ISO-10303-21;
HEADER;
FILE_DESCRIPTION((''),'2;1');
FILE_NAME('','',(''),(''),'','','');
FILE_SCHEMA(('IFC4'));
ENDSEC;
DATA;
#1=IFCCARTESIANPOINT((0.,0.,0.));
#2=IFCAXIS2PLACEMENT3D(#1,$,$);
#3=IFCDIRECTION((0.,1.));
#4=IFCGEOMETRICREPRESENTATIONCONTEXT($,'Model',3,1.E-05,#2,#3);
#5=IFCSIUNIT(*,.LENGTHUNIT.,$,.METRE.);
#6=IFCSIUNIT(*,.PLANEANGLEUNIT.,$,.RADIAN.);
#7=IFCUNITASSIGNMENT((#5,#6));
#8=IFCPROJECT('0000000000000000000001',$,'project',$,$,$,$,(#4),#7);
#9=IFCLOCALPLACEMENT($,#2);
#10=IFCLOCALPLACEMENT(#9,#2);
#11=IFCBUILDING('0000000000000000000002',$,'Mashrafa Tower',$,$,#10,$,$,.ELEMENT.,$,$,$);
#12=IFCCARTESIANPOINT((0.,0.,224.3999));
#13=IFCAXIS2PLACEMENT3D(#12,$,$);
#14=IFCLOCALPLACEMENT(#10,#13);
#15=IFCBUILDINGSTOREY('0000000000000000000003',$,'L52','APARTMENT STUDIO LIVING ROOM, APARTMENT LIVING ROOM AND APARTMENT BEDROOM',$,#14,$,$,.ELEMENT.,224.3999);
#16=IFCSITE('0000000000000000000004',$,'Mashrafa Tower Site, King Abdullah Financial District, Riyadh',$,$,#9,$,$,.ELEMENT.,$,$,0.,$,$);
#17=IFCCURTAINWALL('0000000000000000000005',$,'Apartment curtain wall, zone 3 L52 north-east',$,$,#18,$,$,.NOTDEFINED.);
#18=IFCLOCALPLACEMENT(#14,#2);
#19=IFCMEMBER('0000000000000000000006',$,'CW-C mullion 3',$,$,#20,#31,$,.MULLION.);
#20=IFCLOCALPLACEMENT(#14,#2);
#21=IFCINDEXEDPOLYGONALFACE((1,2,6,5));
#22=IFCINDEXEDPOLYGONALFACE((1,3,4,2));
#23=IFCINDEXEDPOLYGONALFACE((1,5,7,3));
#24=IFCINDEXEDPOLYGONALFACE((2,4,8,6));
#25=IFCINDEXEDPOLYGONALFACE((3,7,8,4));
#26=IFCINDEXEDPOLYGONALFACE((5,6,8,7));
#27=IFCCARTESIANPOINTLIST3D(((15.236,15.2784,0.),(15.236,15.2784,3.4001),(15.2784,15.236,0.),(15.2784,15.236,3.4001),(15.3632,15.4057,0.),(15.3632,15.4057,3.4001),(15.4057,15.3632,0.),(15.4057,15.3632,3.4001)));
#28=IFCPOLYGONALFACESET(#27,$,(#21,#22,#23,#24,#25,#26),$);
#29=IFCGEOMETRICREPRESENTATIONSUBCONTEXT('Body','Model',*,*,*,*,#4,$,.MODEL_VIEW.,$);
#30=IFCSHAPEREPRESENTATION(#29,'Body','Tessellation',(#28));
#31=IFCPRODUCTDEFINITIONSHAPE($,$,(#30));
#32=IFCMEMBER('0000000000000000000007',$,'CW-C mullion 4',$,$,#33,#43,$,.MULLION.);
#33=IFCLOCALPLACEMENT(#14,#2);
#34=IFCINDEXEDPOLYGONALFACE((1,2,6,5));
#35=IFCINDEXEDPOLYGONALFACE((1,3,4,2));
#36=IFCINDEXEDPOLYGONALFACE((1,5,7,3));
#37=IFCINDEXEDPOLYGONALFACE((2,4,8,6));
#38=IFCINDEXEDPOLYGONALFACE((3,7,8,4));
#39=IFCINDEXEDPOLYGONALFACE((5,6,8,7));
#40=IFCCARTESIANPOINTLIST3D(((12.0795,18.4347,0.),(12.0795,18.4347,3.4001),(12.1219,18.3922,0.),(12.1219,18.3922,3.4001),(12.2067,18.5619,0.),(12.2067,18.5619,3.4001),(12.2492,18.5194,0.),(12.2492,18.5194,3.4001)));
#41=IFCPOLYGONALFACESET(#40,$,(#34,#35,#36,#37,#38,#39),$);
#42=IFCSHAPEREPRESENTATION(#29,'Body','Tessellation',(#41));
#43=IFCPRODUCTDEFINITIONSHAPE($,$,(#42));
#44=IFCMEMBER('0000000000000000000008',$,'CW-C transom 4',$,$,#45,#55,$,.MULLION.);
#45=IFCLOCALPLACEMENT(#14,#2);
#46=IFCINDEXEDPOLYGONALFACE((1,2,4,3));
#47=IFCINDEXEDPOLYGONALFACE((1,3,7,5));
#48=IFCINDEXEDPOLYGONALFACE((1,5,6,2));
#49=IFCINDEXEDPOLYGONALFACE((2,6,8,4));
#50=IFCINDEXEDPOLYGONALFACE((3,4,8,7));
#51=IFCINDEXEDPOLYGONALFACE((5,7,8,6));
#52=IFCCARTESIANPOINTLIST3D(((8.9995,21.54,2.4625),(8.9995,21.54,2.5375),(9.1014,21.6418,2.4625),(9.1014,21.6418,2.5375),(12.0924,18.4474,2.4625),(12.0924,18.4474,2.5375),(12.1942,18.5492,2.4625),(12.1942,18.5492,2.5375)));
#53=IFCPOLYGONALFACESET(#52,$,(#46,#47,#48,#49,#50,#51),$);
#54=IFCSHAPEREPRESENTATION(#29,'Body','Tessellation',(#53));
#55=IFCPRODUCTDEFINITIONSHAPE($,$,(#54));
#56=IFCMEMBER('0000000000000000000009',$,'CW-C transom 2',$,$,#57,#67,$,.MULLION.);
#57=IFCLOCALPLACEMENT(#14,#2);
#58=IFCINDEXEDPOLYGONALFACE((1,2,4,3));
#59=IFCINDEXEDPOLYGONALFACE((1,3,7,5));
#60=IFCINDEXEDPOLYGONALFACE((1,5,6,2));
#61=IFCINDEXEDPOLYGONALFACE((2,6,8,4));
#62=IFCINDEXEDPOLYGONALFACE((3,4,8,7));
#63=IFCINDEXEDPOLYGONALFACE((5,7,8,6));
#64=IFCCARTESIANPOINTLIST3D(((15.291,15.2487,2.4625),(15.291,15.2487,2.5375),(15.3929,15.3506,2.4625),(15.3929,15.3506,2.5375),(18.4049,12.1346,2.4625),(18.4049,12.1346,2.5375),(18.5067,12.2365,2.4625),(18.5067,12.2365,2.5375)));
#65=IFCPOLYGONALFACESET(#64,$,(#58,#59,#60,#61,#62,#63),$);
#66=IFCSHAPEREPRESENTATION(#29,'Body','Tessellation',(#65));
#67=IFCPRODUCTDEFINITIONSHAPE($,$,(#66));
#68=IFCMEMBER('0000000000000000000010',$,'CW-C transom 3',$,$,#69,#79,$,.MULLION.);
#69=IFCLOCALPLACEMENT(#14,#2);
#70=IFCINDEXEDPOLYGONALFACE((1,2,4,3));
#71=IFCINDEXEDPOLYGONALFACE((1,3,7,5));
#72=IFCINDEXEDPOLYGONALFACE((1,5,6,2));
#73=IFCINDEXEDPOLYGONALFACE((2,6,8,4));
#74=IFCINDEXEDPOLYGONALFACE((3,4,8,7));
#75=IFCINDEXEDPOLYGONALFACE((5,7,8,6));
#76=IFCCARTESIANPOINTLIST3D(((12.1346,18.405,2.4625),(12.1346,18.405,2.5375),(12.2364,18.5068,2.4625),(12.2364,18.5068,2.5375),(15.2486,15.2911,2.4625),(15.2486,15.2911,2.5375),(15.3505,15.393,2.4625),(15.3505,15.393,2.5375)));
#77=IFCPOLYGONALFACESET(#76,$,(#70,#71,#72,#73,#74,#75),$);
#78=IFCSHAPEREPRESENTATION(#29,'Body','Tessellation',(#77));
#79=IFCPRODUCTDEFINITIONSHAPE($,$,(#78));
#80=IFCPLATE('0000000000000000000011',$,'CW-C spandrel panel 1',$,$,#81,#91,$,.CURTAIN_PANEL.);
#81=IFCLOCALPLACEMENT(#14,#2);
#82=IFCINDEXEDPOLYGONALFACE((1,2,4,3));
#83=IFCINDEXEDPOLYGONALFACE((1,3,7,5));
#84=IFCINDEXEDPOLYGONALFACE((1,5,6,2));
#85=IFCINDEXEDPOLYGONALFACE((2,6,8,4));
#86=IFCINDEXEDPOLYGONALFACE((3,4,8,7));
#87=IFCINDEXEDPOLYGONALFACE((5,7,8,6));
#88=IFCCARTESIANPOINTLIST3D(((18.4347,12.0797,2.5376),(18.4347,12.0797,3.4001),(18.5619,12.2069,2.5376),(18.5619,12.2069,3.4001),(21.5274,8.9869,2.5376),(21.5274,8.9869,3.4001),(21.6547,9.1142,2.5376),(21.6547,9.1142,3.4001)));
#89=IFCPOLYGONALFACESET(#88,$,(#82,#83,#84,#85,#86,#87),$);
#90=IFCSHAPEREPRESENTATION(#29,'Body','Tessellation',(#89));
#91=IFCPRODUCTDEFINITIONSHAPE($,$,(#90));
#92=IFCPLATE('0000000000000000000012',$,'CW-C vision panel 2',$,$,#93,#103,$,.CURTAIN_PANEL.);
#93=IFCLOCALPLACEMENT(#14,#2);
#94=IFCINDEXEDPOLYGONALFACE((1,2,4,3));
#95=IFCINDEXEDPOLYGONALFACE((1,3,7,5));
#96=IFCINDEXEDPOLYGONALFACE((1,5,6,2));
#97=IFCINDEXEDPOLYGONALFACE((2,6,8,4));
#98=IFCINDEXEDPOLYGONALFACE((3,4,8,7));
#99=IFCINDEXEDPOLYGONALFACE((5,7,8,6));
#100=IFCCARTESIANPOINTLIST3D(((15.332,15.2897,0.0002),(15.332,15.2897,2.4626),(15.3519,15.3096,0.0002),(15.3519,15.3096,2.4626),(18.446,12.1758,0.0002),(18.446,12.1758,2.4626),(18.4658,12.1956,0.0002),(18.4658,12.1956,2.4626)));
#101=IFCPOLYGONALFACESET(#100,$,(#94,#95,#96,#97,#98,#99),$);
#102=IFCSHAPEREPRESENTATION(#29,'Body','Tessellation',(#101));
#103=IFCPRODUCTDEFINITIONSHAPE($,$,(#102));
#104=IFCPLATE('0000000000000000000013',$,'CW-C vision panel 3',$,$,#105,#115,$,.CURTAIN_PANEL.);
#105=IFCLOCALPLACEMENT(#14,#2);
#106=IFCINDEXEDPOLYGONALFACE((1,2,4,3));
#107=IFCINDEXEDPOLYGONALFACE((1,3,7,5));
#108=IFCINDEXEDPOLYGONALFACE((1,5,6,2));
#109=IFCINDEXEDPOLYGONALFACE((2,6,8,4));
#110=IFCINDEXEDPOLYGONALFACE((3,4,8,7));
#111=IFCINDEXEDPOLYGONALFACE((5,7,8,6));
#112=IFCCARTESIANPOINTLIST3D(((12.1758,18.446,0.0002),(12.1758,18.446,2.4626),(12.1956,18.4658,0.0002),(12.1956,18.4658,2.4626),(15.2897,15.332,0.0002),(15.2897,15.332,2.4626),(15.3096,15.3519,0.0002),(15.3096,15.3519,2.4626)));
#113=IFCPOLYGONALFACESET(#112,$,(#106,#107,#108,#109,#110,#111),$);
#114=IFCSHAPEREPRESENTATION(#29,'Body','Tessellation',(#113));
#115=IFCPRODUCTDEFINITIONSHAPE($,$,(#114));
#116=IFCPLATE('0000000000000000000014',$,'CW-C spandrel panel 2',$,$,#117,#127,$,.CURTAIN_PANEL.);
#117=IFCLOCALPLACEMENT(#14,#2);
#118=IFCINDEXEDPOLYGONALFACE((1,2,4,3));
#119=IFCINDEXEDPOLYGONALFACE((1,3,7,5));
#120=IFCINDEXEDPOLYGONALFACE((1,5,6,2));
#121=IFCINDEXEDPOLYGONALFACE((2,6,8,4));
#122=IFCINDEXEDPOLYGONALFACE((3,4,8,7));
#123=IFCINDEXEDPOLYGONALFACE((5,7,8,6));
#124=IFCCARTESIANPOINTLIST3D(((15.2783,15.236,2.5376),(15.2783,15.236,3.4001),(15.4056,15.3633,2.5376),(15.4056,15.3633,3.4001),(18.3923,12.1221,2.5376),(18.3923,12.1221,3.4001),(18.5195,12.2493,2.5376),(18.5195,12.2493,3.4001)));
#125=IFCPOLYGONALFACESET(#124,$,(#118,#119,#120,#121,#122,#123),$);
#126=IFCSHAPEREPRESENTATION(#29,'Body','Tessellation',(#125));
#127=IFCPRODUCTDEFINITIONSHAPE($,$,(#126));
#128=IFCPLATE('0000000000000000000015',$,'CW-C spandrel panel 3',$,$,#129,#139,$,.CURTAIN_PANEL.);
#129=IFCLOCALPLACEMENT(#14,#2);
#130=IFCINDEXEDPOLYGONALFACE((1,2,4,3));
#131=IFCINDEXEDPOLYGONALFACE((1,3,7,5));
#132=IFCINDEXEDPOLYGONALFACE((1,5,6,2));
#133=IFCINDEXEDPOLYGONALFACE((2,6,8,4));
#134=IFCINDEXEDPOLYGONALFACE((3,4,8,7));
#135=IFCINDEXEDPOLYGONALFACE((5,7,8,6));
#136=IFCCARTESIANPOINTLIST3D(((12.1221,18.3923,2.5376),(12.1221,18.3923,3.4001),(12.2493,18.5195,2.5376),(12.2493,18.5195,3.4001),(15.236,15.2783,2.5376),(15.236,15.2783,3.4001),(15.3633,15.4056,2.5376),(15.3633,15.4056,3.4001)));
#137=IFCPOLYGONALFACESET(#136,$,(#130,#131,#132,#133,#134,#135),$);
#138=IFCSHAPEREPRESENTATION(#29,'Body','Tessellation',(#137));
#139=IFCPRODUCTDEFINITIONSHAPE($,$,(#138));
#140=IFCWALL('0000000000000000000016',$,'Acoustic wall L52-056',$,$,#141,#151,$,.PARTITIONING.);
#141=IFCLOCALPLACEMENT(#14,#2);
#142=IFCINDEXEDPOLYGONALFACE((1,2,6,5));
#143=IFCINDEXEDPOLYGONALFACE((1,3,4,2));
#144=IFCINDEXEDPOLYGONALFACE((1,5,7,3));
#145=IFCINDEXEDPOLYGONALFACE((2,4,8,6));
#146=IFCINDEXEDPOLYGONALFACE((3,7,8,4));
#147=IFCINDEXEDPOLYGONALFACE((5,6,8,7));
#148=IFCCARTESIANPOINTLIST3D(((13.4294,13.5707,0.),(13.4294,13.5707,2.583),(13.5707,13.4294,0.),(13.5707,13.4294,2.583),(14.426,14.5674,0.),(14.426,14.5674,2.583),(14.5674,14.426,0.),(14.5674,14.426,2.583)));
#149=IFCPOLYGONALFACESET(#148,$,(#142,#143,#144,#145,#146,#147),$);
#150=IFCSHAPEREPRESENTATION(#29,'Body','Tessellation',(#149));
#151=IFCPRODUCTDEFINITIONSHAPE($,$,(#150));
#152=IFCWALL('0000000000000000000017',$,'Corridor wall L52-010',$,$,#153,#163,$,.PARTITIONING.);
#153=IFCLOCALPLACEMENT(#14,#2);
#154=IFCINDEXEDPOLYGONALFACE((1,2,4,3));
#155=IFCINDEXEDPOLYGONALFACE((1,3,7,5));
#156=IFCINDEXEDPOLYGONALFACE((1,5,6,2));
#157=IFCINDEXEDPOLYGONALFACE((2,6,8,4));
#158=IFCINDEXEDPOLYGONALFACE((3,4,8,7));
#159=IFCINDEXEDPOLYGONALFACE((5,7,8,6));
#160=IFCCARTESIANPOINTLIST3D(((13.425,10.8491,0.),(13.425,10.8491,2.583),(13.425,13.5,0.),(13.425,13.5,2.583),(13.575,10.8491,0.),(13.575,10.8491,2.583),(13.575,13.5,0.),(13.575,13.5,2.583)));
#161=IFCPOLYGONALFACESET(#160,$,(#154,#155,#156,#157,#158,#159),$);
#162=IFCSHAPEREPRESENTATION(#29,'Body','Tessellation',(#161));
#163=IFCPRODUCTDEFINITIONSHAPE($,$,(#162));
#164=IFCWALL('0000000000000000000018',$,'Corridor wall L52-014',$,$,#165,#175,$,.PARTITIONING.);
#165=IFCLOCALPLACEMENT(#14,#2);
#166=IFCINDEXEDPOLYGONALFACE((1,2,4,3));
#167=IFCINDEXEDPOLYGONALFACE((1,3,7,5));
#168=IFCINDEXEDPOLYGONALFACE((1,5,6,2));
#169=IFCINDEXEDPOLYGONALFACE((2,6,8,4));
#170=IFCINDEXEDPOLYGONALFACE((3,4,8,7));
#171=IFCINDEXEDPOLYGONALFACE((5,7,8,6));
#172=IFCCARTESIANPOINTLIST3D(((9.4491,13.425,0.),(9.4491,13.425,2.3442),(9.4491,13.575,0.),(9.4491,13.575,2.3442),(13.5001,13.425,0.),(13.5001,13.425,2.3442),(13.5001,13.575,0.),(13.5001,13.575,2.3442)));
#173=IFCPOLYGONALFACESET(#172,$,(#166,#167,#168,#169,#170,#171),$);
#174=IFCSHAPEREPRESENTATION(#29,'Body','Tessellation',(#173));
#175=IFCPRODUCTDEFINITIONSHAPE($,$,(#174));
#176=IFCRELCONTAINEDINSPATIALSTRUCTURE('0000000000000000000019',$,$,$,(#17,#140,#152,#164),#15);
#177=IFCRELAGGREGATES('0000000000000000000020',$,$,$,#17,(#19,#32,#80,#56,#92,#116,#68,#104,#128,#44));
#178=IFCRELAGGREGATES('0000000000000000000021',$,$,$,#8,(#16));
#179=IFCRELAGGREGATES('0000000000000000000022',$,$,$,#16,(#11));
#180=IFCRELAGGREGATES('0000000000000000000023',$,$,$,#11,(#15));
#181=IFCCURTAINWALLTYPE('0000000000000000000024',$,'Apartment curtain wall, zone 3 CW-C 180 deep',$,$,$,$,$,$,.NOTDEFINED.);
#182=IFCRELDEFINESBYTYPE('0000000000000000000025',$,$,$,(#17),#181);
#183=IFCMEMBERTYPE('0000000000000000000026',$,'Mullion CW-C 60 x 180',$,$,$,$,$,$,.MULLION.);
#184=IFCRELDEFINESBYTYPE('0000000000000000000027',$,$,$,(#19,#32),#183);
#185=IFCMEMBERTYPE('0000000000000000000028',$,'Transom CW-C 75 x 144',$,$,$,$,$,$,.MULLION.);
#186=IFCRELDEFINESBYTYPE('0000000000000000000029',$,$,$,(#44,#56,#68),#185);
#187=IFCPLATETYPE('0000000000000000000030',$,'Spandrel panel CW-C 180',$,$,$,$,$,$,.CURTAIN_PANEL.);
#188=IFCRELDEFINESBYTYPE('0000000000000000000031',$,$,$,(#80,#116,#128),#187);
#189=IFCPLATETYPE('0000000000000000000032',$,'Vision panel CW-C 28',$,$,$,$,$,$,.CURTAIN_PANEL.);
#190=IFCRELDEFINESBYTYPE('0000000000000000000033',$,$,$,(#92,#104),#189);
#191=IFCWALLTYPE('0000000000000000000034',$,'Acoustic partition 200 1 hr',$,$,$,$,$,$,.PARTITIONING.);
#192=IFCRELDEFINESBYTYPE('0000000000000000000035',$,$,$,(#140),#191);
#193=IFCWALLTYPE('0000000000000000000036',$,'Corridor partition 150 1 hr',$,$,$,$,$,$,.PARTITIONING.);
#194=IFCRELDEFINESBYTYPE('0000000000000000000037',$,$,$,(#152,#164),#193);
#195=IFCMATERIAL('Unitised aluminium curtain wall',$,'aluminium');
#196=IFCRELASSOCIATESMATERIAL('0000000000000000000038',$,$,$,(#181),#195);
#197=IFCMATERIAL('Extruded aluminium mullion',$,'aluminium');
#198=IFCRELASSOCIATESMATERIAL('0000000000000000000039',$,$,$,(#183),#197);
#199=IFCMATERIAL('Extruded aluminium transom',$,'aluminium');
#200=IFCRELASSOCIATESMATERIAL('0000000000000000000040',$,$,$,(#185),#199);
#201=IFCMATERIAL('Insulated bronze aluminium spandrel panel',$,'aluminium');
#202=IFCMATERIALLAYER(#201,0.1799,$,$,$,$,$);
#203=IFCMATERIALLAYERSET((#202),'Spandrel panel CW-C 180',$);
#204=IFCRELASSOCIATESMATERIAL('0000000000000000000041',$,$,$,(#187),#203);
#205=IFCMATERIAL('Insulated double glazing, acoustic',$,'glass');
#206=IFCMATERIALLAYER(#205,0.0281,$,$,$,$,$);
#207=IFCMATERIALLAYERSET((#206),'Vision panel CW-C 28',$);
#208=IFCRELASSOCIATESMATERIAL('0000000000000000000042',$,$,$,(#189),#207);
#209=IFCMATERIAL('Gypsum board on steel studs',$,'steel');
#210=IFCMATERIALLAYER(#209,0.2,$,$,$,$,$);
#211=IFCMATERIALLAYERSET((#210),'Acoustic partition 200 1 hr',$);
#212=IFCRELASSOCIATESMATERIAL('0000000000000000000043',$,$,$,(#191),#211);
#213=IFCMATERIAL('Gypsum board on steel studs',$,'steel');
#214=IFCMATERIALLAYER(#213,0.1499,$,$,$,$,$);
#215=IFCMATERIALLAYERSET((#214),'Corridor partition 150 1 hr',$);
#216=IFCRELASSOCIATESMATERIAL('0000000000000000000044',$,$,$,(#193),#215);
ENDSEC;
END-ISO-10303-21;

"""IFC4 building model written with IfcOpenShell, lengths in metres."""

from ifc_helpers import new_model, si_unit, direction, frame, frame_2d, origin, origin_2d, place, context, subcontext, project, spatial, rectangle, extrude, source, transform, mapped, material, layer, layer_set, material_profile, profile_set, type_object, type_shapes, element, aggregate, save


model = new_model("IFC4")

# Units and contexts
model_context = context("Model", 3, precision=1e-05, world=origin(), true_north=direction((0.0, 1.0)))
body_context = subcontext(model_context, "Body", "Model", "MODEL_VIEW")
ifc_project = project(units=[si_unit("LENGTHUNIT", "METRE"), si_unit("PLANEANGLEUNIT", "RADIAN")], contexts=[model_context])

# Site, building, storey
site_placement = place(None, origin())
site = spatial("IfcSite", under=ifc_project, at=site_placement, Name="Mashrafa Tower Site, King Abdullah Financial District, Riyadh", CompositionType="ELEMENT", RefElevation=0.0)
building_placement = place(site_placement, origin())
building = spatial("IfcBuilding", under=site, at=building_placement, Name="Mashrafa Tower", CompositionType="ELEMENT")
storey_placement = place(building_placement, frame((0.0, 0.0, 224.3999)))
storey = spatial("IfcBuildingStorey", under=building, at=storey_placement, Name="L52", Description="APARTMENT STUDIO LIVING ROOM, APARTMENT LIVING ROOM AND APARTMENT BEDROOM", CompositionType="ELEMENT", Elevation=224.3999)

# Curtain wall, members, plates
ifc_material_1 = material(Name="Unitised aluminium curtain wall", Category="aluminium")
curtain_wall_type = type_object("IfcCurtainWallType", Name="Apartment curtain wall, zone 3 CW-C 180 deep", PredefinedType="NOTDEFINED", material=ifc_material_1)
curtain_wall_placement = place(storey_placement, origin())
curtain_wall = element("IfcCurtainWall", 1, at=curtain_wall_placement, inside=storey, type_object=curtain_wall_type, Name="Apartment curtain wall, zone 3 L52 north-east", PredefinedType="NOTDEFINED")
ifc_material_2 = material(Name="Extruded aluminium mullion", Category="aluminium")
ifc_material_profile_1 = material_profile(ifc_material_2, rectangle(XDim=0.1799, YDim=0.0601, at=origin_2d()), Name="Mullion 60x180")
ifc_profile_set_1 = profile_set([ifc_material_profile_1], Name="Extruded aluminium mullion")
member_type_1 = type_object("IfcMemberType", Name="Mullion CW-C 60 x 180", PredefinedType="MULLION", material=ifc_profile_set_1)
shared_shape_1 = source(origin(), body_context, "Body", "SweptSolid", [
    extrude(rectangle(XDim=0.1799, YDim=0.0601, at=origin_2d()), origin(), (0.0, 0.0, 1.0), 3.4001),
])
type_shapes(member_type_1, [shared_shape_1])
member_1_placement = place(storey_placement, frame((15.3208, 15.3208, 0.0), z_axis=(0.0, 0.0, 1.0), x_axis=(-0.707107, -0.707107, 0.0)))
member_1 = element("IfcMember", 2, at=member_1_placement, type_object=member_type_1, Name="CW-C mullion 3", PredefinedType="MULLION", context=body_context, shape_type="MappedRepresentation", body=[
    mapped(shared_shape_1, transform((0.0, 0.0, 0.0))),
])
member_2_placement = place(storey_placement, frame((12.1643, 18.4771, 0.0), z_axis=(0.0, 0.0, 1.0), x_axis=(-0.707107, -0.707107, 0.0)))
member_2 = element("IfcMember", 3, at=member_2_placement, type_object=member_type_1, Name="CW-C mullion 4", PredefinedType="MULLION", context=body_context, shape_type="MappedRepresentation", body=[
    mapped(shared_shape_1, transform((0.0, 0.0, 0.0))),
])
ifc_material_3 = material(Name="Extruded aluminium transom", Category="aluminium")
ifc_material_profile_2 = material_profile(ifc_material_3, rectangle(XDim=0.144, YDim=0.075, at=origin_2d()), Name="Transom 75x144")
ifc_profile_set_2 = profile_set([ifc_material_profile_2], Name="Extruded aluminium transom")
member_type_2 = type_object("IfcMemberType", Name="Transom CW-C 75 x 144", PredefinedType="MULLION", material=ifc_profile_set_2)
shared_shape_2 = source(origin(), body_context, "Body", "SweptSolid", [
    extrude(rectangle(XDim=0.144, YDim=0.075, at=origin_2d()), origin(), (0.0, 0.0, 1.0), 4.3738),
])
member_3_placement = place(storey_placement, frame((12.1433, 18.4983, 2.5), z_axis=(-0.707135, 0.707079, 0.0), x_axis=(-0.707079, -0.707135, 0.0)))
member_3 = element("IfcMember", 4, at=member_3_placement, type_object=member_type_2, Name="CW-C transom 4", PredefinedType="MULLION", context=body_context, shape_type="MappedRepresentation", body=[
    mapped(shared_shape_2, transform((0.0, 0.0, 0.0))),
])
shared_shape_3 = source(origin(), body_context, "Body", "SweptSolid", [
    extrude(rectangle(XDim=0.144, YDim=0.075, at=origin_2d()), origin(), (0.0, 0.0, 1.0), 4.4038),
])
type_shapes(member_type_2, [shared_shape_2, shared_shape_3])
member_4_placement = place(storey_placement, frame((18.4558, 12.1855, 2.5), z_axis=(-0.707079, 0.707135, 0.0), x_axis=(-0.707135, -0.707079, 0.0)))
member_4 = element("IfcMember", 5, at=member_4_placement, type_object=member_type_2, Name="CW-C transom 2", PredefinedType="MULLION", context=body_context, shape_type="MappedRepresentation", body=[
    mapped(shared_shape_3, transform((0.0, 0.0, 0.0))),
])
member_5_placement = place(storey_placement, frame((15.2996, 15.342, 2.5), z_axis=(-0.707135, 0.707079, 0.0), x_axis=(-0.707079, -0.707135, 0.0)))
member_5 = element("IfcMember", 6, at=member_5_placement, type_object=member_type_2, Name="CW-C transom 3", PredefinedType="MULLION", context=body_context, shape_type="MappedRepresentation", body=[
    mapped(shared_shape_3, transform((0.0, 0.0, 0.0))),
])
ifc_material_4 = material(Name="Insulated bronze aluminium spandrel panel", Category="aluminium")
ifc_layer_1 = layer(ifc_material_4, 0.1799)
ifc_layer_set_1 = layer_set([ifc_layer_1], Name="Spandrel panel CW-C 180")
plate_type_1 = type_object("IfcPlateType", Name="Spandrel panel CW-C 180", PredefinedType="CURTAIN_PANEL", material=ifc_layer_set_1)
shared_shape_4 = source(origin(), body_context, "Body", "SweptSolid", [
    extrude(rectangle(XDim=4.3738, YDim=0.1799, at=origin_2d()), origin(), (0.0, 0.0, 1.0), 0.8625),
])
plate_1_placement = place(storey_placement, frame((20.0447, 10.5969, 2.5376), z_axis=(0.0, 0.0, 1.0), x_axis=(-0.707107, 0.707107, 0.0)))
plate_1 = element("IfcPlate", 7, at=plate_1_placement, type_object=plate_type_1, Name="CW-C spandrel panel 1", PredefinedType="CURTAIN_PANEL", context=body_context, shape_type="MappedRepresentation", body=[
    mapped(shared_shape_4, transform((0.0, 0.0, 0.0))),
])
ifc_material_5 = material(Name="Insulated double glazing, acoustic", Category="glass")
ifc_layer_2 = layer(ifc_material_5, 0.0281)
ifc_layer_set_2 = layer_set([ifc_layer_2], Name="Vision panel CW-C 28")
plate_type_2 = type_object("IfcPlateType", Name="Vision panel CW-C 28", PredefinedType="CURTAIN_PANEL", material=ifc_layer_set_2)
shared_shape_5 = source(origin(), body_context, "Body", "SweptSolid", [
    extrude(rectangle(XDim=4.4038, YDim=0.0281, at=origin_2d()), origin(), (0.0, 0.0, 1.0), 2.4624),
])
type_shapes(plate_type_2, [shared_shape_5])
plate_2_placement = place(storey_placement, frame((16.8989, 13.7427, 0.0002), z_axis=(0.0, 0.0, 1.0), x_axis=(-0.707107, 0.707107, 0.0)))
plate_2 = element("IfcPlate", 8, at=plate_2_placement, type_object=plate_type_2, Name="CW-C vision panel 2", PredefinedType="CURTAIN_PANEL", context=body_context, shape_type="MappedRepresentation", body=[
    mapped(shared_shape_5, transform((0.0, 0.0, 0.0))),
])
plate_3_placement = place(storey_placement, frame((13.7427, 16.8989, 0.0002), z_axis=(0.0, 0.0, 1.0), x_axis=(-0.707107, 0.707107, 0.0)))
plate_3 = element("IfcPlate", 9, at=plate_3_placement, type_object=plate_type_2, Name="CW-C vision panel 3", PredefinedType="CURTAIN_PANEL", context=body_context, shape_type="MappedRepresentation", body=[
    mapped(shared_shape_5, transform((0.0, 0.0, 0.0))),
])
shared_shape_6 = source(origin(), body_context, "Body", "SweptSolid", [
    extrude(rectangle(XDim=4.4038, YDim=0.1799, at=origin_2d()), origin(), (0.0, 0.0, 1.0), 0.8625),
])
type_shapes(plate_type_1, [shared_shape_4, shared_shape_6])
plate_4_placement = place(storey_placement, frame((16.8989, 13.7427, 2.5376), z_axis=(0.0, 0.0, 1.0), x_axis=(-0.707107, 0.707107, 0.0)))
plate_4 = element("IfcPlate", 10, at=plate_4_placement, type_object=plate_type_1, Name="CW-C spandrel panel 2", PredefinedType="CURTAIN_PANEL", context=body_context, shape_type="MappedRepresentation", body=[
    mapped(shared_shape_6, transform((0.0, 0.0, 0.0))),
])
plate_5_placement = place(storey_placement, frame((13.7427, 16.8989, 2.5376), z_axis=(0.0, 0.0, 1.0), x_axis=(-0.707107, 0.707107, 0.0)))
plate_5 = element("IfcPlate", 11, at=plate_5_placement, type_object=plate_type_1, Name="CW-C spandrel panel 3", PredefinedType="CURTAIN_PANEL", context=body_context, shape_type="MappedRepresentation", body=[
    mapped(shared_shape_6, transform((0.0, 0.0, 0.0))),
])
aggregate(curtain_wall, [member_1, member_2, plate_1, member_4, plate_2, plate_4, member_5, plate_3, plate_5, member_3])

# Walls
ifc_material_6 = material(Name="Gypsum board on steel studs", Category="steel")
ifc_layer_3 = layer(ifc_material_6, 0.2)
ifc_layer_set_3 = layer_set([ifc_layer_3], Name="Acoustic partition 200 1 hr")
wall_type_1 = type_object("IfcWallType", Name="Acoustic partition 200 1 hr", PredefinedType="PARTITIONING", material=ifc_layer_set_3)
wall_1_placement = place(storey_placement, frame((14.4966, 14.4966, 0.0), z_axis=(0.0, 0.0, 1.0), x_axis=(-0.707107, -0.707107, 0.0)))
element("IfcWall", 12, at=wall_1_placement, inside=storey, type_object=wall_type_1, Name="Acoustic wall L52-056", PredefinedType="PARTITIONING", context=body_context, shape_type="SweptSolid", body=[
    extrude(rectangle(XDim=1.4094, YDim=0.2, at=frame_2d((0.7046, 0.0))), origin(), (0.0, 0.0, 1.0), 2.583),
])
ifc_material_7 = material(Name="Gypsum board on steel studs", Category="steel")
ifc_layer_4 = layer(ifc_material_7, 0.1499)
ifc_layer_set_4 = layer_set([ifc_layer_4], Name="Corridor partition 150 1 hr")
wall_type_2 = type_object("IfcWallType", Name="Corridor partition 150 1 hr", PredefinedType="PARTITIONING", material=ifc_layer_set_4)
wall_2_placement = place(storey_placement, frame((13.5, 10.8491, 0.0), z_axis=(0.0, 0.0, 1.0), x_axis=(0.0, 1.0, 0.0)))
element("IfcWall", 13, at=wall_2_placement, inside=storey, type_object=wall_type_2, Name="Corridor wall L52-010", PredefinedType="PARTITIONING", context=body_context, shape_type="SweptSolid", body=[
    extrude(rectangle(XDim=2.6509, YDim=0.1499, at=frame_2d((1.3254, 0.0))), origin(), (0.0, 0.0, 1.0), 2.583),
])
wall_3_placement = place(storey_placement, frame((13.5, 13.5, 0.0), z_axis=(0.0, 0.0, 1.0), x_axis=(-1.0, 0.0, 0.0)))
element("IfcWall", 14, at=wall_3_placement, inside=storey, type_object=wall_type_2, Name="Corridor wall L52-014", PredefinedType="PARTITIONING", context=body_context, shape_type="SweptSolid", body=[
    extrude(rectangle(XDim=4.051, YDim=0.1499, at=frame_2d((2.0254, 0.0))), origin(), (0.0, 0.0, 1.0), 2.3442),
])

save(model, "model.ifc")
